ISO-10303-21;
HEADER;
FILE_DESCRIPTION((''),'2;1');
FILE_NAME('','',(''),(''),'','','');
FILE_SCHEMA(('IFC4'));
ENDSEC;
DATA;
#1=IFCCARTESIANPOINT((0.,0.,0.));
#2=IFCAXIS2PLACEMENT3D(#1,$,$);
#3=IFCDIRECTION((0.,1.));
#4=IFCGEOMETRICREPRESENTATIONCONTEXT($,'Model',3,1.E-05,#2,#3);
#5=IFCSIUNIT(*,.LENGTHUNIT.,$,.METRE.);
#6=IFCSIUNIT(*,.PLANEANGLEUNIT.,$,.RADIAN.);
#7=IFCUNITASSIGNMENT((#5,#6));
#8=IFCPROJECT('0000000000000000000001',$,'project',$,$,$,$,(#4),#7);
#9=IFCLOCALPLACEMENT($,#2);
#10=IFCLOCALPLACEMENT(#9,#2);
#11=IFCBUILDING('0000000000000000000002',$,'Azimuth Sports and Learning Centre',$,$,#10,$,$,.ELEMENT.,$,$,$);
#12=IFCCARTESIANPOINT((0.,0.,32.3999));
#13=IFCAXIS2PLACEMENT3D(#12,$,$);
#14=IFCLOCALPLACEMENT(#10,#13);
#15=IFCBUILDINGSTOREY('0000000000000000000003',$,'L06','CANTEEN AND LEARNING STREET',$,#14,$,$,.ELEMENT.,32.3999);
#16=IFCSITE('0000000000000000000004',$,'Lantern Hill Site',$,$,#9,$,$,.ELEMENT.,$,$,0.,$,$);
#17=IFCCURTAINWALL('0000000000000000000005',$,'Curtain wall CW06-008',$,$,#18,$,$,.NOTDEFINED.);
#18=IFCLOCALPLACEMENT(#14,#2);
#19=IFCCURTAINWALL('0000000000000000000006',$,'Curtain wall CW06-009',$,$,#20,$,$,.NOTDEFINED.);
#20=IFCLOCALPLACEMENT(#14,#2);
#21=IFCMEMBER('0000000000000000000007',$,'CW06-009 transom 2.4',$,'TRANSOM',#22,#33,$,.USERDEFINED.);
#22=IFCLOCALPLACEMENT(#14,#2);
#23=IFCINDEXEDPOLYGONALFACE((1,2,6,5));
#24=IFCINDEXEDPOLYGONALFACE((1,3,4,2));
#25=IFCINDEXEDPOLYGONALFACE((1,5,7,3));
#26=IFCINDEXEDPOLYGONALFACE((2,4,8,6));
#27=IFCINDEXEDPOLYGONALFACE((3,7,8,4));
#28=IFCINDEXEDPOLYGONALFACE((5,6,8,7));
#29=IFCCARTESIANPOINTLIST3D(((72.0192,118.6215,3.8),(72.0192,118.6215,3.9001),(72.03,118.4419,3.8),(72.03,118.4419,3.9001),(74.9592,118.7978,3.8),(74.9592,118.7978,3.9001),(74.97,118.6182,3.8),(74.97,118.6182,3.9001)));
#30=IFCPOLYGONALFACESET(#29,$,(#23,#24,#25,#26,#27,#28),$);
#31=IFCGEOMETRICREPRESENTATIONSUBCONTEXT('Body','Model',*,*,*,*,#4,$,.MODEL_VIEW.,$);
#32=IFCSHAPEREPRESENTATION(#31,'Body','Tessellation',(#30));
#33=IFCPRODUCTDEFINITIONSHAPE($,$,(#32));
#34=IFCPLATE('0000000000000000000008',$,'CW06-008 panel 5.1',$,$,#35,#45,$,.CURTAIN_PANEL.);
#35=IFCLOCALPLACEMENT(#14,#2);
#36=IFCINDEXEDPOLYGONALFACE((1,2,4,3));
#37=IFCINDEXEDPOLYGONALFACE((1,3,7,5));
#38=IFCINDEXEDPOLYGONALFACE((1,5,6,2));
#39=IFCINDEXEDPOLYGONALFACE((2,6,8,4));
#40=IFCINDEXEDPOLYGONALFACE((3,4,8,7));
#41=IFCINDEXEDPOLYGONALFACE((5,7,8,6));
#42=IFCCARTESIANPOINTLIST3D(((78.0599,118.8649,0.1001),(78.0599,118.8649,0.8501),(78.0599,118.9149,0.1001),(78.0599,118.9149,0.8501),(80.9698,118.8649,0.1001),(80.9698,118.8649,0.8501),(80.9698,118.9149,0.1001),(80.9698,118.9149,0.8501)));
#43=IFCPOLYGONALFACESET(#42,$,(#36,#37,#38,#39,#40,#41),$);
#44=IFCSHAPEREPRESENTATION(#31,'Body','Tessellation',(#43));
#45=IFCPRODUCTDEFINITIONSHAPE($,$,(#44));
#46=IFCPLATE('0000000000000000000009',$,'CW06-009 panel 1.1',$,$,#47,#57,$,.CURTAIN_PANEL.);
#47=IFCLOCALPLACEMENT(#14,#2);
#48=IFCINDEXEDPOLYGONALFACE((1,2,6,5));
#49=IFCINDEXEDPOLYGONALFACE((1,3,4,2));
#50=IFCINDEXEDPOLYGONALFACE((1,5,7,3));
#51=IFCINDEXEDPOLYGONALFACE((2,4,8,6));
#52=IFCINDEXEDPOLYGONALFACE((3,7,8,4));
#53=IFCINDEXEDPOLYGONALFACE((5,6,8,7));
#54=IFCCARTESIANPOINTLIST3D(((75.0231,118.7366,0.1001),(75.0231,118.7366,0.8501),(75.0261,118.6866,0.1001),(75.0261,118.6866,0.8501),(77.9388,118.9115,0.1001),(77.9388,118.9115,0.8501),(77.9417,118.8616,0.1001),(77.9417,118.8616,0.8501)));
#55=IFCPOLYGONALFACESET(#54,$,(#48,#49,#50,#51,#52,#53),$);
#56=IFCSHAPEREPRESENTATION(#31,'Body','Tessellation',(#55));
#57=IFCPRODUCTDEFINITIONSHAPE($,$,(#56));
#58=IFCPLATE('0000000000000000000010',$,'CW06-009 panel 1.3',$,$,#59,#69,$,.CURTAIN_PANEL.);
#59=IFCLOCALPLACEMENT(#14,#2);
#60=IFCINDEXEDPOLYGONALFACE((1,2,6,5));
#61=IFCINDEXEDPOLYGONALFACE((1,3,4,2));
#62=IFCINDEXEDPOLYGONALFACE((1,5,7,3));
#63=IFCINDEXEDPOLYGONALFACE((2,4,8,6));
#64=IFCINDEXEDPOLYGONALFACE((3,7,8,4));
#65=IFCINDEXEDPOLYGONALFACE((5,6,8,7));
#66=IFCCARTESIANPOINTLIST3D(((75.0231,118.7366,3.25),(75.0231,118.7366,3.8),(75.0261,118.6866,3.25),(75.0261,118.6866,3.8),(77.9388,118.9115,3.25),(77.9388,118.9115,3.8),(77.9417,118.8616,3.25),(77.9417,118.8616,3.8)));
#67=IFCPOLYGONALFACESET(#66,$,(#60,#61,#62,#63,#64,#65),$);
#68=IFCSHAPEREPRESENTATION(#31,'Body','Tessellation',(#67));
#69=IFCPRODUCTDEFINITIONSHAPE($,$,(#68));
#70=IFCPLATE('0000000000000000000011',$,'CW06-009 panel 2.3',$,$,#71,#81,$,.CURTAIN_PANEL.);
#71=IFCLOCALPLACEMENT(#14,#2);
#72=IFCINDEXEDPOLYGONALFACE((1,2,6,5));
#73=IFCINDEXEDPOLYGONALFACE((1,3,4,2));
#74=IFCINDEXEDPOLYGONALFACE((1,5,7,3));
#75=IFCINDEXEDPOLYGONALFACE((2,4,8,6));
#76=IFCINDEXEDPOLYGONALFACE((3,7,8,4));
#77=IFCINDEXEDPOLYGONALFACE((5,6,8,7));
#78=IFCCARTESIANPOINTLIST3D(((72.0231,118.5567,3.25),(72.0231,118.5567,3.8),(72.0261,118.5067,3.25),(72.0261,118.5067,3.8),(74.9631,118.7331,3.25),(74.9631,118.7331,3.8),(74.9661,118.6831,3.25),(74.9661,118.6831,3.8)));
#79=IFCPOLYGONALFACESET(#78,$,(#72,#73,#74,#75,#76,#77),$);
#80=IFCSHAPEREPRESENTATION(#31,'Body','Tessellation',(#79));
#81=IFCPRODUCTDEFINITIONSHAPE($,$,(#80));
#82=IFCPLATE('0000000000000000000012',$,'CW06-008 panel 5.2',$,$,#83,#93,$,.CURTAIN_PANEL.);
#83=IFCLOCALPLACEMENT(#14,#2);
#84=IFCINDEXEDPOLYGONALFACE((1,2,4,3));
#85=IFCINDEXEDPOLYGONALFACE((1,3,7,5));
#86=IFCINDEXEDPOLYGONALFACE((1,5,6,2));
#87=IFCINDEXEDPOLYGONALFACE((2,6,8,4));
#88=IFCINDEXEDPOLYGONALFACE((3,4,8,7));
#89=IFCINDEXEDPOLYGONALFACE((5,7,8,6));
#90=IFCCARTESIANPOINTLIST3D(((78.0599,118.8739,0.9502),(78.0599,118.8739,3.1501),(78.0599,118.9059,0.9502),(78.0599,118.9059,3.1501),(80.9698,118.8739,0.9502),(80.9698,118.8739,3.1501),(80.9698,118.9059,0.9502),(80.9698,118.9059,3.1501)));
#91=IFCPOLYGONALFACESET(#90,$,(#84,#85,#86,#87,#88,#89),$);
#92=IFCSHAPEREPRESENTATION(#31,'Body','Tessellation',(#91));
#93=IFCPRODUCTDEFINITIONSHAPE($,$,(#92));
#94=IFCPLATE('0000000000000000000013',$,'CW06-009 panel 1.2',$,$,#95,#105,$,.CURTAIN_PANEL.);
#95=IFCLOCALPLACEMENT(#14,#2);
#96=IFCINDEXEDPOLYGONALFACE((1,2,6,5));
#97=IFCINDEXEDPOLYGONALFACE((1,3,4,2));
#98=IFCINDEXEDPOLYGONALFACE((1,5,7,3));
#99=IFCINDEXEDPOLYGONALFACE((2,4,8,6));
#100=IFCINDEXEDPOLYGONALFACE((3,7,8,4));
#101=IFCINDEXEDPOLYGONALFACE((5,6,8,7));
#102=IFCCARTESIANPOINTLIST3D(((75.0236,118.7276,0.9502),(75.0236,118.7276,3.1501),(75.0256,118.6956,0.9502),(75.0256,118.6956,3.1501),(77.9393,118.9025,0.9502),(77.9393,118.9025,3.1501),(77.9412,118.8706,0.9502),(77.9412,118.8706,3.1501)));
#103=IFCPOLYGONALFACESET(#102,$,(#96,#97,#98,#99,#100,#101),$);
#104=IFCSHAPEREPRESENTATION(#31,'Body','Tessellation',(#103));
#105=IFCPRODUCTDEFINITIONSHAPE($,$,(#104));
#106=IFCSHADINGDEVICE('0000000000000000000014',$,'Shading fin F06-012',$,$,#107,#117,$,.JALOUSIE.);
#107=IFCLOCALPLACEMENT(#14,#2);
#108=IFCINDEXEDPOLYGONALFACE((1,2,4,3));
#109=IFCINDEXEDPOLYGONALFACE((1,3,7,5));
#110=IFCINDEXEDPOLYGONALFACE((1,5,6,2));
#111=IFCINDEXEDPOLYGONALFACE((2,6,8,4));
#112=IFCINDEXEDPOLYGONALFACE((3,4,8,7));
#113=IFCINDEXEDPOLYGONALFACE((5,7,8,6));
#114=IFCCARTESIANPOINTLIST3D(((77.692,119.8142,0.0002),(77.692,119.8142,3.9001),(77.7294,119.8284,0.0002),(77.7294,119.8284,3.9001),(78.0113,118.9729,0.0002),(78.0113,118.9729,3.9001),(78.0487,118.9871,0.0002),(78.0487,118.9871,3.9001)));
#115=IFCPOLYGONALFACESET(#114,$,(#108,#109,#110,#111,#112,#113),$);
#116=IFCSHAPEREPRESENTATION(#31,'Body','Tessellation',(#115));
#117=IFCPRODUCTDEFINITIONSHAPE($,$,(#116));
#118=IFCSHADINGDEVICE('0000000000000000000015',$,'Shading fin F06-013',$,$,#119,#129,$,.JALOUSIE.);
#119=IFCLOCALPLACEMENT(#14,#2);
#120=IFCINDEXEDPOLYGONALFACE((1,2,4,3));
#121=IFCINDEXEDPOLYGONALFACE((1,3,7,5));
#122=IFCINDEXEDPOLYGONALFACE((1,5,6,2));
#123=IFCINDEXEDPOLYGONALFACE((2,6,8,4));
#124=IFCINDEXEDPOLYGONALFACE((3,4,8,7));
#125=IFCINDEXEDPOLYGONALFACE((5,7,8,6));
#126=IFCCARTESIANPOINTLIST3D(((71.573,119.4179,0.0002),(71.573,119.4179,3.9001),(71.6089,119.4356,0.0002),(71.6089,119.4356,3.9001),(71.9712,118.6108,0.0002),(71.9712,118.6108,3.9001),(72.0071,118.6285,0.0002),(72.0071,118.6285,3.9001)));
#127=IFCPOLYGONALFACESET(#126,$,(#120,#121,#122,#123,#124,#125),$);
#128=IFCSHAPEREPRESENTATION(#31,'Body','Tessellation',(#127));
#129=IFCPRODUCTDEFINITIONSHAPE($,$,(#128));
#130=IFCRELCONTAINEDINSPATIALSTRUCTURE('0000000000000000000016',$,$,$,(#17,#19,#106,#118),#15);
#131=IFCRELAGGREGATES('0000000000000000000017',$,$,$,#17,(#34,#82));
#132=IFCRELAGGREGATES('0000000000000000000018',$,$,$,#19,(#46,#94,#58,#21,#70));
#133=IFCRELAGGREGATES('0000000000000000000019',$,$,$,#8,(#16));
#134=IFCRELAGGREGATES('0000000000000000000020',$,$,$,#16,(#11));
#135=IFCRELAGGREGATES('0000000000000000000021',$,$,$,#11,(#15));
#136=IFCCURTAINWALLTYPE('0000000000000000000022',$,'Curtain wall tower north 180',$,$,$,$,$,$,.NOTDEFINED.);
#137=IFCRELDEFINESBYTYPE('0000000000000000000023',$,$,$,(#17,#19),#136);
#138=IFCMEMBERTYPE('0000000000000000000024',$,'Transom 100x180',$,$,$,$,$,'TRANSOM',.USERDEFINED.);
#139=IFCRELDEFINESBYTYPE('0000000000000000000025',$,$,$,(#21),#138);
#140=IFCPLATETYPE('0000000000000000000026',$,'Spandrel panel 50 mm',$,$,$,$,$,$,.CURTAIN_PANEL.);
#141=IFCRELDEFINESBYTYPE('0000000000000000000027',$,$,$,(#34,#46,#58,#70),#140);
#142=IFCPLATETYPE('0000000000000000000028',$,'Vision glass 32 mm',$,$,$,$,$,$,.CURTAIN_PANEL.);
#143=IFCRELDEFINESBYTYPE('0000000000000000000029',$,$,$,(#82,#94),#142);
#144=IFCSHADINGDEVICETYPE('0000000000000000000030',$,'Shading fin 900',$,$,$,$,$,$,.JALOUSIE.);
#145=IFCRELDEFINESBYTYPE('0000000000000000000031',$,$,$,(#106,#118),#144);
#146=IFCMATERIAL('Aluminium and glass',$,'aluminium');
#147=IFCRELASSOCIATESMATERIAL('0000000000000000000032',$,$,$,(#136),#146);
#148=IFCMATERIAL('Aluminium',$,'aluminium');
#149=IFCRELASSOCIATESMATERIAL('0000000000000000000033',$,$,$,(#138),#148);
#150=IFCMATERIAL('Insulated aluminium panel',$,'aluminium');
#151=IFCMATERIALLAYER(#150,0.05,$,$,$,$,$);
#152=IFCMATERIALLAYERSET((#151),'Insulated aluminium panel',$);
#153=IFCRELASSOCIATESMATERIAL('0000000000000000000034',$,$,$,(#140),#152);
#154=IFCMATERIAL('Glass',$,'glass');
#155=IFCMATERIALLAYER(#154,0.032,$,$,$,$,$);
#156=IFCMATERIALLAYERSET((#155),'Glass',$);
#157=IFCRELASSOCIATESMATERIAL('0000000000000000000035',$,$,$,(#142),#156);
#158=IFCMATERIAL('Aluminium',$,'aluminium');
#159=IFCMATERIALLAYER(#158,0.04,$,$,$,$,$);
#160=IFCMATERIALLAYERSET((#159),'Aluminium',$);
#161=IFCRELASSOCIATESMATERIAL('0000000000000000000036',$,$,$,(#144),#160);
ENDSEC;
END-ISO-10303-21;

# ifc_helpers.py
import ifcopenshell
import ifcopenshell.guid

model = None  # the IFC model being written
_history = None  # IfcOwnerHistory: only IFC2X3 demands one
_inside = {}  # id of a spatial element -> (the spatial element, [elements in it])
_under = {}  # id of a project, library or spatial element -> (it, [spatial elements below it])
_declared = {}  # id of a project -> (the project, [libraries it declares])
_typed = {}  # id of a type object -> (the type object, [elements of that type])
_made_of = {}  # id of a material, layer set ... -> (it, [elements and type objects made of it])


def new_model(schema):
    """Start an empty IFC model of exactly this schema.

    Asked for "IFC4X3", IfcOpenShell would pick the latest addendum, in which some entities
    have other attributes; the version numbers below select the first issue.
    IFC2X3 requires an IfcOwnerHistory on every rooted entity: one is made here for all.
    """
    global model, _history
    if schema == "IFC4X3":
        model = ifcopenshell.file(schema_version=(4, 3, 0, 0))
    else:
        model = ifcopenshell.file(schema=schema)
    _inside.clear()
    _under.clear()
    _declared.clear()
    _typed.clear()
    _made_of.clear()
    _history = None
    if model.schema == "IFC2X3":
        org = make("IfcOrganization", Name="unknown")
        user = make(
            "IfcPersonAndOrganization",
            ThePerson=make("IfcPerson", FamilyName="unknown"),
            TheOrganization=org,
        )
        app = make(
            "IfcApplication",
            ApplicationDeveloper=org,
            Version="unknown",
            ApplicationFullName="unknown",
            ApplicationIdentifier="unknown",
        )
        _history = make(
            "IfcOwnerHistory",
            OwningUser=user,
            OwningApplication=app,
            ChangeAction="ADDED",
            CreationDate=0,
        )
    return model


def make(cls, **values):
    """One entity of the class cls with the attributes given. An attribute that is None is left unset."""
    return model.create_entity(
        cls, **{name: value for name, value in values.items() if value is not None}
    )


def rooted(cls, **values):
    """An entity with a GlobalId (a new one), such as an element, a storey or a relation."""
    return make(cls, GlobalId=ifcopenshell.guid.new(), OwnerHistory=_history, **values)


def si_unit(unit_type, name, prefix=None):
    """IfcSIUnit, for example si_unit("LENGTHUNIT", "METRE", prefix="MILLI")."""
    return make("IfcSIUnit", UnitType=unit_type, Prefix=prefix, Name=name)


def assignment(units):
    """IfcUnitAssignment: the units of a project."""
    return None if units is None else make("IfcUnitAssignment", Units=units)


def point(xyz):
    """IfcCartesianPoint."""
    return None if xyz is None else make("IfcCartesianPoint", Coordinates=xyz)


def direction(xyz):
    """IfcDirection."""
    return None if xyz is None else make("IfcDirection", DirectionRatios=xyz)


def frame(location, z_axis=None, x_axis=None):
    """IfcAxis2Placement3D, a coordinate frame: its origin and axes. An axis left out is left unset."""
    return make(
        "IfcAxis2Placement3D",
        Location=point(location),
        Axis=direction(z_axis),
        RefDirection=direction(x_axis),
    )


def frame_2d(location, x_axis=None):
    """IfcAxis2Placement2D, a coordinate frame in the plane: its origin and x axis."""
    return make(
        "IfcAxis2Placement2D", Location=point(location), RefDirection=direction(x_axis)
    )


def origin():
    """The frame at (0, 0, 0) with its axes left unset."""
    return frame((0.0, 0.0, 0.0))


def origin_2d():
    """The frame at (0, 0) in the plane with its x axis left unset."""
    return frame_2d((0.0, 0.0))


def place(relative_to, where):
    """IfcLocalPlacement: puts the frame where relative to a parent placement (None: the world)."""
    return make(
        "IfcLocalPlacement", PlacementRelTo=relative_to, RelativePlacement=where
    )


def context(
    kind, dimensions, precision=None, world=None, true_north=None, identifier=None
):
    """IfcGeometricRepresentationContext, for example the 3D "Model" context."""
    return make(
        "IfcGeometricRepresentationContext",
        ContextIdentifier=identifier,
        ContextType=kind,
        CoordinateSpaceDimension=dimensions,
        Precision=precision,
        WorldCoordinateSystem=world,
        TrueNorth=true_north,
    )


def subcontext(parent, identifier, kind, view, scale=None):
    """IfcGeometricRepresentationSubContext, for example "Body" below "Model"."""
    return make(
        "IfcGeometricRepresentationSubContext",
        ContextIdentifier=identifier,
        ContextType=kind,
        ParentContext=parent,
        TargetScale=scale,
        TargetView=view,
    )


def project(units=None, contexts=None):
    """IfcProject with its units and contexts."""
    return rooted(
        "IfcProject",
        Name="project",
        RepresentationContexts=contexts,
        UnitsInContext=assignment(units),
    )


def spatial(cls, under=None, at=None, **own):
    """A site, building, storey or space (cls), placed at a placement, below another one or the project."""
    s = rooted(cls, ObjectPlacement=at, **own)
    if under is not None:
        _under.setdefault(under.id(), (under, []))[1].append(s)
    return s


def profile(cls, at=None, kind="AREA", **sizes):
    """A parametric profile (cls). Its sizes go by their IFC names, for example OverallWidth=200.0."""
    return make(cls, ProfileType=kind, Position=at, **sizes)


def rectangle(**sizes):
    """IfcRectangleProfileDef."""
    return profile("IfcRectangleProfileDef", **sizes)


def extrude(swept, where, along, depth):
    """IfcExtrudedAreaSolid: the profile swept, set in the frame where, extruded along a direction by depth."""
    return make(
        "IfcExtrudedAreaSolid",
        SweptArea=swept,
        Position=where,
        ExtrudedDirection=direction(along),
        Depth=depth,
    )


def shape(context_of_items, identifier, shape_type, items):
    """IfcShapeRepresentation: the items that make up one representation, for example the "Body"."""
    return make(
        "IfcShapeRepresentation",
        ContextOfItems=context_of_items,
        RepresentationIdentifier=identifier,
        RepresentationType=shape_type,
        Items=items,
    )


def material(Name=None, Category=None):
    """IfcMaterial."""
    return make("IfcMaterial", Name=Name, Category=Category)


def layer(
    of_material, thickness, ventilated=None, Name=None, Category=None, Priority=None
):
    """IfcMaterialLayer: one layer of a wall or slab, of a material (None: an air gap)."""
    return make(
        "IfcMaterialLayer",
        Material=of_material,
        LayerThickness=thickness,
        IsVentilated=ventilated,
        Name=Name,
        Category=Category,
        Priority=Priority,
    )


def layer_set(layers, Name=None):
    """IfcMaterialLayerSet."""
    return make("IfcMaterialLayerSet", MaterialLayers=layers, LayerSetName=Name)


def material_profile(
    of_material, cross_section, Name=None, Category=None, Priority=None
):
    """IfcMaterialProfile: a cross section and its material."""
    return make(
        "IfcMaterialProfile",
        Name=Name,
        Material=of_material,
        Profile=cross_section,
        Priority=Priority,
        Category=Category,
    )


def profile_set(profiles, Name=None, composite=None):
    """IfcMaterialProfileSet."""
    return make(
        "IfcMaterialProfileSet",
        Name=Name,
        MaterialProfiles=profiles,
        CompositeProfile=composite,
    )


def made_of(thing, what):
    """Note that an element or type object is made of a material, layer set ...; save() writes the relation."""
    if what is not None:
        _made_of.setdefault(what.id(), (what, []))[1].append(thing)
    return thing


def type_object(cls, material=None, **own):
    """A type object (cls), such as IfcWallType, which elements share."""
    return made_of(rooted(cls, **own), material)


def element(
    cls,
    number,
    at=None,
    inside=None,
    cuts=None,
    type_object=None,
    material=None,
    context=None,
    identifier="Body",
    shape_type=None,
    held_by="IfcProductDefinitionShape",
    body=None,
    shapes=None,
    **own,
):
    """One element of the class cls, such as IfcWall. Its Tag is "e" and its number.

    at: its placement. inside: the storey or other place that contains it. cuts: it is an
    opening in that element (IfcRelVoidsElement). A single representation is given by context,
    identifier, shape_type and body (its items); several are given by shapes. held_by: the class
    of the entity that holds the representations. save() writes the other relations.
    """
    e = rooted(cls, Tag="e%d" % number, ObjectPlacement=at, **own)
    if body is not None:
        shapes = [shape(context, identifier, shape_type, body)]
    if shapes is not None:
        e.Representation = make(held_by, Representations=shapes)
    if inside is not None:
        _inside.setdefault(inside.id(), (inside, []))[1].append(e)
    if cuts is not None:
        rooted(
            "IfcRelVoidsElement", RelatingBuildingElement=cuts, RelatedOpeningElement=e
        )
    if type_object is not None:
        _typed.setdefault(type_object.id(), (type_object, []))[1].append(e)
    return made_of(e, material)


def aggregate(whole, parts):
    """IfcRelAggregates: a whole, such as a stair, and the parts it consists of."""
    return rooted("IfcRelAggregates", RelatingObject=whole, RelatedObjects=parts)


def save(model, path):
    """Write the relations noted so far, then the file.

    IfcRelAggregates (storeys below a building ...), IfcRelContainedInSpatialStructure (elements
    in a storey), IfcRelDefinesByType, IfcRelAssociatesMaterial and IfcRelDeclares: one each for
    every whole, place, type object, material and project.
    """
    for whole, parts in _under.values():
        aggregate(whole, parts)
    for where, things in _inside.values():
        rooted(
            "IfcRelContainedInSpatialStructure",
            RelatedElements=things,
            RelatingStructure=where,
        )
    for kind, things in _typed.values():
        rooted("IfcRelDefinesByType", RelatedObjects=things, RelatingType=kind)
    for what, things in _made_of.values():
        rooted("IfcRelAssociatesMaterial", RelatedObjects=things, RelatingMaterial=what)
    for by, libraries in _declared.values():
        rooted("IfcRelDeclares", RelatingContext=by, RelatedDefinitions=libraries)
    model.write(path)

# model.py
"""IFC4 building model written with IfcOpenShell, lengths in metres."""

from ifc_helpers import new_model, si_unit, direction, frame, origin, origin_2d, place, context, subcontext, project, spatial, rectangle, extrude, material, layer, layer_set, material_profile, profile_set, type_object, element, aggregate, save


model = new_model("IFC4")

# Units and contexts
model_context = context("Model", 3, precision=1e-05, world=origin(), true_north=direction((0.0, 1.0)))
body_context = subcontext(model_context, "Body", "Model", "MODEL_VIEW")
ifc_project = project(units=[si_unit("LENGTHUNIT", "METRE"), si_unit("PLANEANGLEUNIT", "RADIAN")], contexts=[model_context])

# Site, building, storey
site_placement = place(None, origin())
site = spatial("IfcSite", under=ifc_project, at=site_placement, Name="Lantern Hill Site", CompositionType="ELEMENT", RefElevation=0.0)
building_placement = place(site_placement, origin())
building = spatial("IfcBuilding", under=site, at=building_placement, Name="Azimuth Sports and Learning Centre", CompositionType="ELEMENT")
storey_placement = place(building_placement, frame((0.0, 0.0, 32.3999)))
storey = spatial("IfcBuildingStorey", under=building, at=storey_placement, Name="L06", Description="CANTEEN AND LEARNING STREET", CompositionType="ELEMENT", Elevation=32.3999)

# Curtain wall
ifc_material_1 = material(Name="Aluminium and glass", Category="aluminium")
curtain_wall_type = type_object("IfcCurtainWallType", Name="Curtain wall tower north 180", PredefinedType="NOTDEFINED", material=ifc_material_1)
curtain_wall_1_placement = place(storey_placement, origin())
curtain_wall_1 = element("IfcCurtainWall", 1, at=curtain_wall_1_placement, inside=storey, type_object=curtain_wall_type, Name="Curtain wall CW06-008", PredefinedType="NOTDEFINED")

# Curtain wall, member
curtain_wall_2_placement = place(storey_placement, origin())
curtain_wall_2 = element("IfcCurtainWall", 2, at=curtain_wall_2_placement, inside=storey, type_object=curtain_wall_type, Name="Curtain wall CW06-009", PredefinedType="NOTDEFINED")
ifc_material_2 = material(Name="Aluminium", Category="aluminium")
ifc_material_profile_1 = material_profile(ifc_material_2, rectangle(XDim=0.1799, YDim=0.1001, at=origin_2d()), Name="Transom 100x180")
ifc_profile_set_1 = profile_set([ifc_material_profile_1], Name="Aluminium")
member_type_1 = type_object("IfcMemberType", Name="Transom 100x180", ElementType="TRANSOM", PredefinedType="USERDEFINED", material=ifc_profile_set_1)
member_1_placement = place(storey_placement, frame((74.9646, 118.708, 3.8501), z_axis=(-0.998207, -0.059849, 0.0), x_axis=(0.059849, -0.998207, 0.0)))
member_1 = element("IfcMember", 3, at=member_1_placement, type_object=member_type_1, Name="CW06-009 transom 2.4", ObjectType="TRANSOM", PredefinedType="USERDEFINED", context=body_context, shape_type="SweptSolid", body=[
    extrude(rectangle(XDim=0.1799, YDim=0.1001, at=origin_2d()), origin(), (0.0, 0.0, 1.0), 2.9453),
])

# Plates
ifc_material_3 = material(Name="Insulated aluminium panel", Category="aluminium")
ifc_layer_1 = layer(ifc_material_3, 0.05)
ifc_layer_set_1 = layer_set([ifc_layer_1], Name="Insulated aluminium panel")
plate_type_1 = type_object("IfcPlateType", Name="Spandrel panel 50 mm", PredefinedType="CURTAIN_PANEL", material=ifc_layer_set_1)
plate_1_placement = place(storey_placement, frame((79.5149, 118.8899, 0.1001), z_axis=(0.0, 0.0, 1.0), x_axis=(-1.0, 0.0, 0.0)))
plate_1 = element("IfcPlate", 4, at=plate_1_placement, type_object=plate_type_1, Name="CW06-008 panel 5.1", PredefinedType="CURTAIN_PANEL", context=body_context, shape_type="SweptSolid", body=[
    extrude(rectangle(XDim=2.9099, YDim=0.05, at=origin_2d()), origin(), (0.0, 0.0, 1.0), 0.75),
])
plate_2_placement = place(storey_placement, frame((76.4824, 118.7991, 0.1001), z_axis=(0.0, 0.0, 1.0), x_axis=(-0.998205, -0.059892, 0.0)))
plate_2 = element("IfcPlate", 5, at=plate_2_placement, type_object=plate_type_1, Name="CW06-009 panel 1.1", PredefinedType="CURTAIN_PANEL", context=body_context, shape_type="SweptSolid", body=[
    extrude(rectangle(XDim=2.9209, YDim=0.05, at=origin_2d()), origin(), (0.0, 0.0, 1.0), 0.75),
])
plate_3_placement = place(storey_placement, frame((76.4824, 118.7991, 3.25), z_axis=(0.0, 0.0, 1.0), x_axis=(-0.998205, -0.059892, 0.0)))
plate_3 = element("IfcPlate", 6, at=plate_3_placement, type_object=plate_type_1, Name="CW06-009 panel 1.3", PredefinedType="CURTAIN_PANEL", context=body_context, shape_type="SweptSolid", body=[
    extrude(rectangle(XDim=2.9209, YDim=0.05, at=origin_2d()), origin(), (0.0, 0.0, 1.0), 0.55),
])
plate_4_placement = place(storey_placement, frame((73.4946, 118.6199, 3.25), z_axis=(0.0, 0.0, 1.0), x_axis=(-0.998205, -0.059892, 0.0)))
plate_4 = element("IfcPlate", 7, at=plate_4_placement, type_object=plate_type_1, Name="CW06-009 panel 2.3", PredefinedType="CURTAIN_PANEL", context=body_context, shape_type="SweptSolid", body=[
    extrude(rectangle(XDim=2.9453, YDim=0.05, at=origin_2d()), origin(), (0.0, 0.0, 1.0), 0.55),
])
ifc_material_4 = material(Name="Glass", Category="glass")
ifc_layer_2 = layer(ifc_material_4, 0.032)
ifc_layer_set_2 = layer_set([ifc_layer_2], Name="Glass")
plate_type_2 = type_object("IfcPlateType", Name="Vision glass 32 mm", PredefinedType="CURTAIN_PANEL", material=ifc_layer_set_2)
plate_5_placement = place(storey_placement, frame((79.5149, 118.8899, 0.9502), z_axis=(0.0, 0.0, 1.0), x_axis=(-1.0, 0.0, 0.0)))
plate_5 = element("IfcPlate", 8, at=plate_5_placement, type_object=plate_type_2, Name="CW06-008 panel 5.2", PredefinedType="CURTAIN_PANEL", context=body_context, shape_type="SweptSolid", body=[
    extrude(rectangle(XDim=2.9099, YDim=0.032, at=origin_2d()), origin(), (0.0, 0.0, 1.0), 2.2),
])
aggregate(curtain_wall_1, [plate_1, plate_5])
plate_6_placement = place(storey_placement, frame((76.4824, 118.7991, 0.9502), z_axis=(0.0, 0.0, 1.0), x_axis=(-0.998205, -0.059892, 0.0)))
plate_6 = element("IfcPlate", 9, at=plate_6_placement, type_object=plate_type_2, Name="CW06-009 panel 1.2", PredefinedType="CURTAIN_PANEL", context=body_context, shape_type="SweptSolid", body=[
    extrude(rectangle(XDim=2.9209, YDim=0.032, at=origin_2d()), origin(), (0.0, 0.0, 1.0), 2.2),
])
aggregate(curtain_wall_2, [plate_2, plate_6, plate_3, member_1, plate_4])

# Shading devices
ifc_material_5 = material(Name="Aluminium", Category="aluminium")
ifc_layer_3 = layer(ifc_material_5, 0.04)
ifc_layer_set_3 = layer_set([ifc_layer_3], Name="Aluminium")
shading_device_type = type_object("IfcShadingDeviceType", Name="Shading fin 900", PredefinedType="JALOUSIE", material=ifc_layer_set_3)
for number, where, z_axis, x_axis, name in (
    (10, (77.8704, 119.4006, 0.0002), (0.0, 0.0, 1.0), (-0.354856, 0.934921, 0.0), "Shading fin F06-012"),
    (11, (71.79, 119.0232, 0.0002), (0.0, 0.0, 1.0), (-0.442429, 0.896803, 0.0), "Shading fin F06-013"),
):
    element("IfcShadingDevice", number, at=place(storey_placement, frame(where, z_axis=z_axis, x_axis=x_axis)), inside=storey, type_object=shading_device_type, Name=name, PredefinedType="JALOUSIE", context=body_context, shape_type="SweptSolid", body=[
        extrude(rectangle(XDim=0.8999, YDim=0.04, at=origin_2d()), origin(), (0.0, 0.0, 1.0), 3.8999),
    ])

save(model, "model.ifc")
